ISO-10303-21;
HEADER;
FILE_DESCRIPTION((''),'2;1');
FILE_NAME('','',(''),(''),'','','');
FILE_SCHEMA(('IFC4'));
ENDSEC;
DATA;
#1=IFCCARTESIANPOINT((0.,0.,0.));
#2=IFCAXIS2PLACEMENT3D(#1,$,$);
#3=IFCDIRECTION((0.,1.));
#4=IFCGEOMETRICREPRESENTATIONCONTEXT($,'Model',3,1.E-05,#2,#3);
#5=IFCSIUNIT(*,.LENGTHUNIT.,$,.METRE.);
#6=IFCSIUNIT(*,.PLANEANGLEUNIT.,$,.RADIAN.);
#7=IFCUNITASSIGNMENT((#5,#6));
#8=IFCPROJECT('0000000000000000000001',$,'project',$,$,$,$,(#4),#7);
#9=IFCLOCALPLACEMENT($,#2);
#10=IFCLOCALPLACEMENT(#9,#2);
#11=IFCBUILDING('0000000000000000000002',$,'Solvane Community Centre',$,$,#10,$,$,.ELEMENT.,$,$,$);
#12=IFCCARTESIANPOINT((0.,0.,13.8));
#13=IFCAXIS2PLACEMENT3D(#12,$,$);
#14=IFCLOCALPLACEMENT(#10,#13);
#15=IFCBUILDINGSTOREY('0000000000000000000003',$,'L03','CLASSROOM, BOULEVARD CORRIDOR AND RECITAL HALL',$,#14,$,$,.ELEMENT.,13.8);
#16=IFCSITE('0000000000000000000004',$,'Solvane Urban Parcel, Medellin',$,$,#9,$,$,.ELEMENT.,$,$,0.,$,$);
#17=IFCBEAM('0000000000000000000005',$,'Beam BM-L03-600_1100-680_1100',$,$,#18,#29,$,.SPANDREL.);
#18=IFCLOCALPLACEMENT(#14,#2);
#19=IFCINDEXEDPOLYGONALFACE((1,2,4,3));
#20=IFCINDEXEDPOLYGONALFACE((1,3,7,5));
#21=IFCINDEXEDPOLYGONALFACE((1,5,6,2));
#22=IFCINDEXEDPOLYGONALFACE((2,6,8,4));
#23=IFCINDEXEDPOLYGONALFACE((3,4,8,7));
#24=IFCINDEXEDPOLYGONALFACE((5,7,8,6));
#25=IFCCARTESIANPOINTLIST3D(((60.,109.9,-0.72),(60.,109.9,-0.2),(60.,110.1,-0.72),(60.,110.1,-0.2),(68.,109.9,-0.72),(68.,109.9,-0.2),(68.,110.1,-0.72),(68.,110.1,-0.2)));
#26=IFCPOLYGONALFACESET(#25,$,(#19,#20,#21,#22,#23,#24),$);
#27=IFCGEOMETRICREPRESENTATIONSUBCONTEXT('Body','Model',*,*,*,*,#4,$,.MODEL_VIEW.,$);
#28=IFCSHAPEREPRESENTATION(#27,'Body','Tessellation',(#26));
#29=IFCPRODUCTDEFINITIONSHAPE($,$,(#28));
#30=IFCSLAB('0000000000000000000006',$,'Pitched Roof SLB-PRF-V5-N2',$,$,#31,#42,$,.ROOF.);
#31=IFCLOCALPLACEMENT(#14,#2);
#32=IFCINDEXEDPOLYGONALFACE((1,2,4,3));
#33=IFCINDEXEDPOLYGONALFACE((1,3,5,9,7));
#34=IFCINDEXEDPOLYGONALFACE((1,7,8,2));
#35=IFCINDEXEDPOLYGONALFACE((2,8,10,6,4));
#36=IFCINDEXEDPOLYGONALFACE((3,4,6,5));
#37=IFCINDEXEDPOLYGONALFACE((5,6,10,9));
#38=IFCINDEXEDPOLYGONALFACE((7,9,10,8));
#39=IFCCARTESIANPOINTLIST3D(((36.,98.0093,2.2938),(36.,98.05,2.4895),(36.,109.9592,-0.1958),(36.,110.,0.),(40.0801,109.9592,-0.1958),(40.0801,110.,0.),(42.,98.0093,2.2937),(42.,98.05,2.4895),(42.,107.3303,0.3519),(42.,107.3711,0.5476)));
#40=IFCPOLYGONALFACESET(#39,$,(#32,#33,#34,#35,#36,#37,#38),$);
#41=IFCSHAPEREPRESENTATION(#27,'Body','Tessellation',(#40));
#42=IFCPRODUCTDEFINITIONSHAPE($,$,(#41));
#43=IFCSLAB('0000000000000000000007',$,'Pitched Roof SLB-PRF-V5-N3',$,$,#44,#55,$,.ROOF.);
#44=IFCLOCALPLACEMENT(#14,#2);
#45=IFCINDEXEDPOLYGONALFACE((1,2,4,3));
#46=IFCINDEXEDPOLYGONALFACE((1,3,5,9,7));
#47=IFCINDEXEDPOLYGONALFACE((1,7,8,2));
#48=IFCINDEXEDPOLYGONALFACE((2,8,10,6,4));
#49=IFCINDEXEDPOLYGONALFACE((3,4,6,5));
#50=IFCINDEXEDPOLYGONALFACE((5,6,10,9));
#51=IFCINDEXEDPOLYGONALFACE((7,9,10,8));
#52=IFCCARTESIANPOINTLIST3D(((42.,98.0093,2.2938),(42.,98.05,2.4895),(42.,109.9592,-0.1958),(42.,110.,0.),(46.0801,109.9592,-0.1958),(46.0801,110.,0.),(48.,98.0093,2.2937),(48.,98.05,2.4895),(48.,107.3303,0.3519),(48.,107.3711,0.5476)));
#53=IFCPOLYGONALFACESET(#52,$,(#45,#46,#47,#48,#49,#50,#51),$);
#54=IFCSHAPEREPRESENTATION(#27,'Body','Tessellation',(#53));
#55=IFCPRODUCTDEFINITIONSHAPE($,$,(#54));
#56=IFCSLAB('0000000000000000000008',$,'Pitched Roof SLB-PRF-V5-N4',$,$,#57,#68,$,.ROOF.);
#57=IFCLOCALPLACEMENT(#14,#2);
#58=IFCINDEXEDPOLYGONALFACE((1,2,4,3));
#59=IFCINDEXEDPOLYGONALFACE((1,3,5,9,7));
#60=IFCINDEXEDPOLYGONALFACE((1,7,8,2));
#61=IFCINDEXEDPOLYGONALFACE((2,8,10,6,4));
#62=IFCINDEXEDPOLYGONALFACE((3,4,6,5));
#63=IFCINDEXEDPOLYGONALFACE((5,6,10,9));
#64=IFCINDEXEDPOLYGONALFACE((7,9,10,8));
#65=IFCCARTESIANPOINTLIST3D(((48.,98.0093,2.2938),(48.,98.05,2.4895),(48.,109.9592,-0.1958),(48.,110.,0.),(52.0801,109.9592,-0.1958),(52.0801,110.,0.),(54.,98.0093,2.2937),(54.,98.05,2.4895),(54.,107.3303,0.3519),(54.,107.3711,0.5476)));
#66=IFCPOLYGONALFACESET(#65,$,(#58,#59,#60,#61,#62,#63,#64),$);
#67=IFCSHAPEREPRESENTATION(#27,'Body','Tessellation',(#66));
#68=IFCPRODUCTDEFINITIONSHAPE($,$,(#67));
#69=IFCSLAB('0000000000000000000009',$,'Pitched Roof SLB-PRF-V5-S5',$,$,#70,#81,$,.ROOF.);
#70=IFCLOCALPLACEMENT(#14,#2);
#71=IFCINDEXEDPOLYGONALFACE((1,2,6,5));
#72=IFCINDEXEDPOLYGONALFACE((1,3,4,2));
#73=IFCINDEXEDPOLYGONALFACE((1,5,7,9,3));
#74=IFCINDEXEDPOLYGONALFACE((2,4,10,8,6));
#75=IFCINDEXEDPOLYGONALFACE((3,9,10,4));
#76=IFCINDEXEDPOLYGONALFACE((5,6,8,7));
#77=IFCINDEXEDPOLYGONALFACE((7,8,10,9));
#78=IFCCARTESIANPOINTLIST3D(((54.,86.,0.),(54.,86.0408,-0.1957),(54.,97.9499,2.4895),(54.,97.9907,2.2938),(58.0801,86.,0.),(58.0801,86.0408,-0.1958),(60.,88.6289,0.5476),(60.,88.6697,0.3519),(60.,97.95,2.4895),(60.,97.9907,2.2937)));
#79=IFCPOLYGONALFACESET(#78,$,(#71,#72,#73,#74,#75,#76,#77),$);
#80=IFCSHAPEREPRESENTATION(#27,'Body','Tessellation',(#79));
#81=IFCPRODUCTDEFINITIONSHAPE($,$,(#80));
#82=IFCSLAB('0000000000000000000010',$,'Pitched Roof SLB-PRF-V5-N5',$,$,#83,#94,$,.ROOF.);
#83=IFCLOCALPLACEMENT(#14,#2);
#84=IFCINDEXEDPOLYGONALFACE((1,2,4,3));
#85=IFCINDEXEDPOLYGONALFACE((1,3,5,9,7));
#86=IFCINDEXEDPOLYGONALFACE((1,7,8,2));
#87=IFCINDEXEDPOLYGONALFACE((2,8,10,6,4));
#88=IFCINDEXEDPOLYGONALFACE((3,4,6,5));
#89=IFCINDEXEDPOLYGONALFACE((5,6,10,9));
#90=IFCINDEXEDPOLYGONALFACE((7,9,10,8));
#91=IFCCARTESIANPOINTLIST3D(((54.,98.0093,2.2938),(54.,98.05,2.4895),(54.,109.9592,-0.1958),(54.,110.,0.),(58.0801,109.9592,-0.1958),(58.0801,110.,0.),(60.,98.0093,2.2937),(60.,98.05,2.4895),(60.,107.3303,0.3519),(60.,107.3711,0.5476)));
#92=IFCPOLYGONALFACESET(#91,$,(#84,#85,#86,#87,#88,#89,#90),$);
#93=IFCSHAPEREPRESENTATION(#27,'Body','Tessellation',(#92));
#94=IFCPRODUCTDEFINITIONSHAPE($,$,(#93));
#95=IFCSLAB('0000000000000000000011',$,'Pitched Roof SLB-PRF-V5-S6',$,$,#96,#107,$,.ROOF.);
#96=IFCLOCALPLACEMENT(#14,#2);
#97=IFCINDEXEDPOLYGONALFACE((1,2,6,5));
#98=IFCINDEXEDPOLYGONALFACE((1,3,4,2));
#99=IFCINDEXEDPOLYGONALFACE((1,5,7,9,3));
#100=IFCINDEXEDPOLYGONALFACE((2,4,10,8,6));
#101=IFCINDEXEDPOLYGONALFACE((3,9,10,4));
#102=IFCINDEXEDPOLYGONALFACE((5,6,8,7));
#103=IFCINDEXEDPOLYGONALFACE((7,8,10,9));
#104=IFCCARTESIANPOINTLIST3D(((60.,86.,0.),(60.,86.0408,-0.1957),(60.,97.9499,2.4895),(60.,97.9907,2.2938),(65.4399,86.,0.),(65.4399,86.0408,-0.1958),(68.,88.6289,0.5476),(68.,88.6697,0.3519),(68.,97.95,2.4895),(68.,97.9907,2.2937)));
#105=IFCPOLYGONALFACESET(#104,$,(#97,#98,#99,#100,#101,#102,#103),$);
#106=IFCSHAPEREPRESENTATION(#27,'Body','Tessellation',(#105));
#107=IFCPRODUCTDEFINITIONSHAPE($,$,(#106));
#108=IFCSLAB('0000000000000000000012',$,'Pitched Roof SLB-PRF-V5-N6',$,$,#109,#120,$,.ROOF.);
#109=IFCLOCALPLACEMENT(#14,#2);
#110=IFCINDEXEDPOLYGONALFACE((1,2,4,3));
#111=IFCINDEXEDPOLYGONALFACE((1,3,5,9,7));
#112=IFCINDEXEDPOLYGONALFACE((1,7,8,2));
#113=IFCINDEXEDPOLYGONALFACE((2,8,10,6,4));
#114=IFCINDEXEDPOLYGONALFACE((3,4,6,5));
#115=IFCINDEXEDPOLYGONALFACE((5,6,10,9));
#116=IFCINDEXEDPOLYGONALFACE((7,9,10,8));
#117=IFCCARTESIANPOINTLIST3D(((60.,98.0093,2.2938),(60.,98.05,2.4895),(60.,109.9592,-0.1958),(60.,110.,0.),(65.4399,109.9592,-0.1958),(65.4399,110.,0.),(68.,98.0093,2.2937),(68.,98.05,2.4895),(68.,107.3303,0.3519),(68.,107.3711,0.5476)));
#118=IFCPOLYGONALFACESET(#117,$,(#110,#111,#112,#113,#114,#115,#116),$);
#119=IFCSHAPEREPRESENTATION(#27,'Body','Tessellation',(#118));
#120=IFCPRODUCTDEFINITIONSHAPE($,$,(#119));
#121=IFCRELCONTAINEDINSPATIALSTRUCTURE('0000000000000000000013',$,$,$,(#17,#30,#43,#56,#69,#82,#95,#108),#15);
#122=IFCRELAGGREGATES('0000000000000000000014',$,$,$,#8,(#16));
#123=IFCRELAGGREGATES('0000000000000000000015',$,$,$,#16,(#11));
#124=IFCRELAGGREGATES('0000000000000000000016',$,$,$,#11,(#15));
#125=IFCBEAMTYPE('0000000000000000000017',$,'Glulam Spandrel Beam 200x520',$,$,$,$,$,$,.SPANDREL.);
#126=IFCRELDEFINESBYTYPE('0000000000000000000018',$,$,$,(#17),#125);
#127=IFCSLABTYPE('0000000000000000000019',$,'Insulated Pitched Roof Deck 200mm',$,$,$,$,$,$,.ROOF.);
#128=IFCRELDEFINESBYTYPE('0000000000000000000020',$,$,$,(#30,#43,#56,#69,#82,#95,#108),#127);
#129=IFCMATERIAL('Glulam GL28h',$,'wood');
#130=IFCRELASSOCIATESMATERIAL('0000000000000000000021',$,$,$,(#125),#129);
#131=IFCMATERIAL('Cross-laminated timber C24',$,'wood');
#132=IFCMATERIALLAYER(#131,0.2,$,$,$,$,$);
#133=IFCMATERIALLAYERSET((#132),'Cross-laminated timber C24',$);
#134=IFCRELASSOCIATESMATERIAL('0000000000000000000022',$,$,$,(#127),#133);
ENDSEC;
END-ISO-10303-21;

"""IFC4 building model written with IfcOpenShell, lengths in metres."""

from ifc_helpers import new_model, si_unit, direction, frame, origin, origin_2d, place, context, subcontext, project, spatial, polyline, rectangle, outline, extrude, material, layer, layer_set, material_profile, profile_set, type_object, element, save


model = new_model("IFC4")

# Units and contexts
model_context = context("Model", 3, precision=1e-05, world=origin(), true_north=direction((0.0, 1.0)))
body_context = subcontext(model_context, "Body", "Model", "MODEL_VIEW")
ifc_project = project(units=[si_unit("LENGTHUNIT", "METRE"), si_unit("PLANEANGLEUNIT", "RADIAN")], contexts=[model_context])

# Site, building, storey
site_placement = place(None, origin())
site = spatial("IfcSite", under=ifc_project, at=site_placement, Name="Solvane Urban Parcel, Medellin", CompositionType="ELEMENT", RefElevation=0.0)
building_placement = place(site_placement, origin())
building = spatial("IfcBuilding", under=site, at=building_placement, Name="Solvane Community Centre", CompositionType="ELEMENT")
storey_placement = place(building_placement, frame((0.0, 0.0, 13.8)))
storey = spatial("IfcBuildingStorey", under=building, at=storey_placement, Name="L03", Description="CLASSROOM, BOULEVARD CORRIDOR AND RECITAL HALL", CompositionType="ELEMENT", Elevation=13.8)

# Beam
ifc_material_1 = material(Name="Glulam GL28h", Category="wood")
ifc_material_profile_1 = material_profile(ifc_material_1, rectangle(XDim=0.2, YDim=0.52, at=origin_2d()), Name="GL28h 200x520")
ifc_profile_set_1 = profile_set([ifc_material_profile_1], Name="Glulam GL28h")
beam_type_1 = type_object("IfcBeamType", Name="Glulam Spandrel Beam 200x520", PredefinedType="SPANDREL", material=ifc_profile_set_1)
for number, where, z_axis, x_axis, name in (
    (1, (60.0, 110.0, -0.46), (1.0, 0.0, 0.0), (0.0, 1.0, 0.0), "Beam BM-L03-600_1100-680_1100"),
):
    element("IfcBeam", number, at=place(storey_placement, frame(where, z_axis=z_axis, x_axis=x_axis)), inside=storey, type_object=beam_type_1, Name=name, PredefinedType="SPANDREL", context=body_context, shape_type="SweptSolid", body=[
        extrude(rectangle(XDim=0.2, YDim=0.52, at=origin_2d()), origin(), (0.0, 0.0, 1.0), 8.0),
    ])

# Slabs
ifc_material_2 = material(Name="Cross-laminated timber C24", Category="wood")
ifc_layer = layer(ifc_material_2, 0.2)
ifc_layer_set = layer_set([ifc_layer], Name="Cross-laminated timber C24")
slab_type = type_object("IfcSlabType", Name="Insulated Pitched Roof Deck 200mm", PredefinedType="ROOF", material=ifc_layer_set)
for number, where, z_axis, x_axis, name in (
    (2, (36.0, 98.05, 2.4895), (0.000006, 0.20395, 0.978981), (1.0, -0.000001, -0.000005), "Pitched Roof SLB-PRF-V5-N2"),
    (3, (42.0, 98.05, 2.4895), (0.000006, 0.20395, 0.978981), (1.0, -0.000001, -0.000005), "Pitched Roof SLB-PRF-V5-N3"),
    (4, (48.0, 98.05, 2.4895), (0.000006, 0.20395, 0.978981), (1.0, -0.000001, -0.000005), "Pitched Roof SLB-PRF-V5-N4"),
):
    element("IfcSlab", number, at=place(storey_placement, frame(where, z_axis=z_axis, x_axis=x_axis)), inside=storey, type_object=slab_type, Name=name, PredefinedType="ROOF", context=body_context, shape_type="SweptSolid", body=[
        extrude(outline(polyline([(0.0, 0.0), (6.0, 0.0), (6.0, 9.5212), (4.0801, 12.2065), (0.0, 12.2065), (0.0, 0.0)])), origin(), (0.0, 0.0, -1.0), 0.2),
    ])
slab_1_placement = place(storey_placement, frame((54.0, 86.0, 0.0), z_axis=(0.000006, -0.20395, 0.978981), x_axis=(1.0, 0.000001, -0.000005)))
element("IfcSlab", 5, at=slab_1_placement, inside=storey, type_object=slab_type, Name="Pitched Roof SLB-PRF-V5-S5", PredefinedType="ROOF", context=body_context, shape_type="SweptSolid", body=[
    extrude(outline(polyline([(0.0, 0.0), (4.0801, 0.0), (6.0, 2.6853), (6.0, 12.2065), (0.0, 12.2065), (0.0, 0.0)])), origin(), (0.0, 0.0, -1.0), 0.2),
])
slab_2_placement = place(storey_placement, frame((54.0, 98.05, 2.4895), z_axis=(0.000006, 0.20395, 0.978981), x_axis=(1.0, -0.000001, -0.000005)))
element("IfcSlab", 6, at=slab_2_placement, inside=storey, type_object=slab_type, Name="Pitched Roof SLB-PRF-V5-N5", PredefinedType="ROOF", context=body_context, shape_type="SweptSolid", body=[
    extrude(outline(polyline([(0.0, 0.0), (6.0, 0.0), (6.0, 9.5212), (4.0801, 12.2065), (0.0, 12.2065), (0.0, 0.0)])), origin(), (0.0, 0.0, -1.0), 0.2),
])
slab_3_placement = place(storey_placement, frame((60.0, 86.0, 0.0), z_axis=(0.000004, -0.20395, 0.978981), x_axis=(1.0, 0.000001, -0.000004)))
element("IfcSlab", 7, at=slab_3_placement, inside=storey, type_object=slab_type, Name="Pitched Roof SLB-PRF-V5-S6", PredefinedType="ROOF", context=body_context, shape_type="SweptSolid", body=[
    extrude(outline(polyline([(0.0, 0.0), (5.4399, 0.0), (8.0, 2.6853), (8.0, 12.2065), (0.0, 12.2065), (0.0, 0.0)])), origin(), (0.0, 0.0, -1.0), 0.2),
])
slab_4_placement = place(storey_placement, frame((60.0, 98.05, 2.4895), z_axis=(0.000004, 0.20395, 0.978981), x_axis=(1.0, -0.000001, -0.000004)))
element("IfcSlab", 8, at=slab_4_placement, inside=storey, type_object=slab_type, Name="Pitched Roof SLB-PRF-V5-N6", PredefinedType="ROOF", context=body_context, shape_type="SweptSolid", body=[
    extrude(outline(polyline([(0.0, 0.0), (8.0, 0.0), (8.0, 9.5212), (5.4399, 12.2065), (0.0, 12.2065), (0.0, 0.0)])), origin(), (0.0, 0.0, -1.0), 0.2),
])

save(model, "model.ifc")
